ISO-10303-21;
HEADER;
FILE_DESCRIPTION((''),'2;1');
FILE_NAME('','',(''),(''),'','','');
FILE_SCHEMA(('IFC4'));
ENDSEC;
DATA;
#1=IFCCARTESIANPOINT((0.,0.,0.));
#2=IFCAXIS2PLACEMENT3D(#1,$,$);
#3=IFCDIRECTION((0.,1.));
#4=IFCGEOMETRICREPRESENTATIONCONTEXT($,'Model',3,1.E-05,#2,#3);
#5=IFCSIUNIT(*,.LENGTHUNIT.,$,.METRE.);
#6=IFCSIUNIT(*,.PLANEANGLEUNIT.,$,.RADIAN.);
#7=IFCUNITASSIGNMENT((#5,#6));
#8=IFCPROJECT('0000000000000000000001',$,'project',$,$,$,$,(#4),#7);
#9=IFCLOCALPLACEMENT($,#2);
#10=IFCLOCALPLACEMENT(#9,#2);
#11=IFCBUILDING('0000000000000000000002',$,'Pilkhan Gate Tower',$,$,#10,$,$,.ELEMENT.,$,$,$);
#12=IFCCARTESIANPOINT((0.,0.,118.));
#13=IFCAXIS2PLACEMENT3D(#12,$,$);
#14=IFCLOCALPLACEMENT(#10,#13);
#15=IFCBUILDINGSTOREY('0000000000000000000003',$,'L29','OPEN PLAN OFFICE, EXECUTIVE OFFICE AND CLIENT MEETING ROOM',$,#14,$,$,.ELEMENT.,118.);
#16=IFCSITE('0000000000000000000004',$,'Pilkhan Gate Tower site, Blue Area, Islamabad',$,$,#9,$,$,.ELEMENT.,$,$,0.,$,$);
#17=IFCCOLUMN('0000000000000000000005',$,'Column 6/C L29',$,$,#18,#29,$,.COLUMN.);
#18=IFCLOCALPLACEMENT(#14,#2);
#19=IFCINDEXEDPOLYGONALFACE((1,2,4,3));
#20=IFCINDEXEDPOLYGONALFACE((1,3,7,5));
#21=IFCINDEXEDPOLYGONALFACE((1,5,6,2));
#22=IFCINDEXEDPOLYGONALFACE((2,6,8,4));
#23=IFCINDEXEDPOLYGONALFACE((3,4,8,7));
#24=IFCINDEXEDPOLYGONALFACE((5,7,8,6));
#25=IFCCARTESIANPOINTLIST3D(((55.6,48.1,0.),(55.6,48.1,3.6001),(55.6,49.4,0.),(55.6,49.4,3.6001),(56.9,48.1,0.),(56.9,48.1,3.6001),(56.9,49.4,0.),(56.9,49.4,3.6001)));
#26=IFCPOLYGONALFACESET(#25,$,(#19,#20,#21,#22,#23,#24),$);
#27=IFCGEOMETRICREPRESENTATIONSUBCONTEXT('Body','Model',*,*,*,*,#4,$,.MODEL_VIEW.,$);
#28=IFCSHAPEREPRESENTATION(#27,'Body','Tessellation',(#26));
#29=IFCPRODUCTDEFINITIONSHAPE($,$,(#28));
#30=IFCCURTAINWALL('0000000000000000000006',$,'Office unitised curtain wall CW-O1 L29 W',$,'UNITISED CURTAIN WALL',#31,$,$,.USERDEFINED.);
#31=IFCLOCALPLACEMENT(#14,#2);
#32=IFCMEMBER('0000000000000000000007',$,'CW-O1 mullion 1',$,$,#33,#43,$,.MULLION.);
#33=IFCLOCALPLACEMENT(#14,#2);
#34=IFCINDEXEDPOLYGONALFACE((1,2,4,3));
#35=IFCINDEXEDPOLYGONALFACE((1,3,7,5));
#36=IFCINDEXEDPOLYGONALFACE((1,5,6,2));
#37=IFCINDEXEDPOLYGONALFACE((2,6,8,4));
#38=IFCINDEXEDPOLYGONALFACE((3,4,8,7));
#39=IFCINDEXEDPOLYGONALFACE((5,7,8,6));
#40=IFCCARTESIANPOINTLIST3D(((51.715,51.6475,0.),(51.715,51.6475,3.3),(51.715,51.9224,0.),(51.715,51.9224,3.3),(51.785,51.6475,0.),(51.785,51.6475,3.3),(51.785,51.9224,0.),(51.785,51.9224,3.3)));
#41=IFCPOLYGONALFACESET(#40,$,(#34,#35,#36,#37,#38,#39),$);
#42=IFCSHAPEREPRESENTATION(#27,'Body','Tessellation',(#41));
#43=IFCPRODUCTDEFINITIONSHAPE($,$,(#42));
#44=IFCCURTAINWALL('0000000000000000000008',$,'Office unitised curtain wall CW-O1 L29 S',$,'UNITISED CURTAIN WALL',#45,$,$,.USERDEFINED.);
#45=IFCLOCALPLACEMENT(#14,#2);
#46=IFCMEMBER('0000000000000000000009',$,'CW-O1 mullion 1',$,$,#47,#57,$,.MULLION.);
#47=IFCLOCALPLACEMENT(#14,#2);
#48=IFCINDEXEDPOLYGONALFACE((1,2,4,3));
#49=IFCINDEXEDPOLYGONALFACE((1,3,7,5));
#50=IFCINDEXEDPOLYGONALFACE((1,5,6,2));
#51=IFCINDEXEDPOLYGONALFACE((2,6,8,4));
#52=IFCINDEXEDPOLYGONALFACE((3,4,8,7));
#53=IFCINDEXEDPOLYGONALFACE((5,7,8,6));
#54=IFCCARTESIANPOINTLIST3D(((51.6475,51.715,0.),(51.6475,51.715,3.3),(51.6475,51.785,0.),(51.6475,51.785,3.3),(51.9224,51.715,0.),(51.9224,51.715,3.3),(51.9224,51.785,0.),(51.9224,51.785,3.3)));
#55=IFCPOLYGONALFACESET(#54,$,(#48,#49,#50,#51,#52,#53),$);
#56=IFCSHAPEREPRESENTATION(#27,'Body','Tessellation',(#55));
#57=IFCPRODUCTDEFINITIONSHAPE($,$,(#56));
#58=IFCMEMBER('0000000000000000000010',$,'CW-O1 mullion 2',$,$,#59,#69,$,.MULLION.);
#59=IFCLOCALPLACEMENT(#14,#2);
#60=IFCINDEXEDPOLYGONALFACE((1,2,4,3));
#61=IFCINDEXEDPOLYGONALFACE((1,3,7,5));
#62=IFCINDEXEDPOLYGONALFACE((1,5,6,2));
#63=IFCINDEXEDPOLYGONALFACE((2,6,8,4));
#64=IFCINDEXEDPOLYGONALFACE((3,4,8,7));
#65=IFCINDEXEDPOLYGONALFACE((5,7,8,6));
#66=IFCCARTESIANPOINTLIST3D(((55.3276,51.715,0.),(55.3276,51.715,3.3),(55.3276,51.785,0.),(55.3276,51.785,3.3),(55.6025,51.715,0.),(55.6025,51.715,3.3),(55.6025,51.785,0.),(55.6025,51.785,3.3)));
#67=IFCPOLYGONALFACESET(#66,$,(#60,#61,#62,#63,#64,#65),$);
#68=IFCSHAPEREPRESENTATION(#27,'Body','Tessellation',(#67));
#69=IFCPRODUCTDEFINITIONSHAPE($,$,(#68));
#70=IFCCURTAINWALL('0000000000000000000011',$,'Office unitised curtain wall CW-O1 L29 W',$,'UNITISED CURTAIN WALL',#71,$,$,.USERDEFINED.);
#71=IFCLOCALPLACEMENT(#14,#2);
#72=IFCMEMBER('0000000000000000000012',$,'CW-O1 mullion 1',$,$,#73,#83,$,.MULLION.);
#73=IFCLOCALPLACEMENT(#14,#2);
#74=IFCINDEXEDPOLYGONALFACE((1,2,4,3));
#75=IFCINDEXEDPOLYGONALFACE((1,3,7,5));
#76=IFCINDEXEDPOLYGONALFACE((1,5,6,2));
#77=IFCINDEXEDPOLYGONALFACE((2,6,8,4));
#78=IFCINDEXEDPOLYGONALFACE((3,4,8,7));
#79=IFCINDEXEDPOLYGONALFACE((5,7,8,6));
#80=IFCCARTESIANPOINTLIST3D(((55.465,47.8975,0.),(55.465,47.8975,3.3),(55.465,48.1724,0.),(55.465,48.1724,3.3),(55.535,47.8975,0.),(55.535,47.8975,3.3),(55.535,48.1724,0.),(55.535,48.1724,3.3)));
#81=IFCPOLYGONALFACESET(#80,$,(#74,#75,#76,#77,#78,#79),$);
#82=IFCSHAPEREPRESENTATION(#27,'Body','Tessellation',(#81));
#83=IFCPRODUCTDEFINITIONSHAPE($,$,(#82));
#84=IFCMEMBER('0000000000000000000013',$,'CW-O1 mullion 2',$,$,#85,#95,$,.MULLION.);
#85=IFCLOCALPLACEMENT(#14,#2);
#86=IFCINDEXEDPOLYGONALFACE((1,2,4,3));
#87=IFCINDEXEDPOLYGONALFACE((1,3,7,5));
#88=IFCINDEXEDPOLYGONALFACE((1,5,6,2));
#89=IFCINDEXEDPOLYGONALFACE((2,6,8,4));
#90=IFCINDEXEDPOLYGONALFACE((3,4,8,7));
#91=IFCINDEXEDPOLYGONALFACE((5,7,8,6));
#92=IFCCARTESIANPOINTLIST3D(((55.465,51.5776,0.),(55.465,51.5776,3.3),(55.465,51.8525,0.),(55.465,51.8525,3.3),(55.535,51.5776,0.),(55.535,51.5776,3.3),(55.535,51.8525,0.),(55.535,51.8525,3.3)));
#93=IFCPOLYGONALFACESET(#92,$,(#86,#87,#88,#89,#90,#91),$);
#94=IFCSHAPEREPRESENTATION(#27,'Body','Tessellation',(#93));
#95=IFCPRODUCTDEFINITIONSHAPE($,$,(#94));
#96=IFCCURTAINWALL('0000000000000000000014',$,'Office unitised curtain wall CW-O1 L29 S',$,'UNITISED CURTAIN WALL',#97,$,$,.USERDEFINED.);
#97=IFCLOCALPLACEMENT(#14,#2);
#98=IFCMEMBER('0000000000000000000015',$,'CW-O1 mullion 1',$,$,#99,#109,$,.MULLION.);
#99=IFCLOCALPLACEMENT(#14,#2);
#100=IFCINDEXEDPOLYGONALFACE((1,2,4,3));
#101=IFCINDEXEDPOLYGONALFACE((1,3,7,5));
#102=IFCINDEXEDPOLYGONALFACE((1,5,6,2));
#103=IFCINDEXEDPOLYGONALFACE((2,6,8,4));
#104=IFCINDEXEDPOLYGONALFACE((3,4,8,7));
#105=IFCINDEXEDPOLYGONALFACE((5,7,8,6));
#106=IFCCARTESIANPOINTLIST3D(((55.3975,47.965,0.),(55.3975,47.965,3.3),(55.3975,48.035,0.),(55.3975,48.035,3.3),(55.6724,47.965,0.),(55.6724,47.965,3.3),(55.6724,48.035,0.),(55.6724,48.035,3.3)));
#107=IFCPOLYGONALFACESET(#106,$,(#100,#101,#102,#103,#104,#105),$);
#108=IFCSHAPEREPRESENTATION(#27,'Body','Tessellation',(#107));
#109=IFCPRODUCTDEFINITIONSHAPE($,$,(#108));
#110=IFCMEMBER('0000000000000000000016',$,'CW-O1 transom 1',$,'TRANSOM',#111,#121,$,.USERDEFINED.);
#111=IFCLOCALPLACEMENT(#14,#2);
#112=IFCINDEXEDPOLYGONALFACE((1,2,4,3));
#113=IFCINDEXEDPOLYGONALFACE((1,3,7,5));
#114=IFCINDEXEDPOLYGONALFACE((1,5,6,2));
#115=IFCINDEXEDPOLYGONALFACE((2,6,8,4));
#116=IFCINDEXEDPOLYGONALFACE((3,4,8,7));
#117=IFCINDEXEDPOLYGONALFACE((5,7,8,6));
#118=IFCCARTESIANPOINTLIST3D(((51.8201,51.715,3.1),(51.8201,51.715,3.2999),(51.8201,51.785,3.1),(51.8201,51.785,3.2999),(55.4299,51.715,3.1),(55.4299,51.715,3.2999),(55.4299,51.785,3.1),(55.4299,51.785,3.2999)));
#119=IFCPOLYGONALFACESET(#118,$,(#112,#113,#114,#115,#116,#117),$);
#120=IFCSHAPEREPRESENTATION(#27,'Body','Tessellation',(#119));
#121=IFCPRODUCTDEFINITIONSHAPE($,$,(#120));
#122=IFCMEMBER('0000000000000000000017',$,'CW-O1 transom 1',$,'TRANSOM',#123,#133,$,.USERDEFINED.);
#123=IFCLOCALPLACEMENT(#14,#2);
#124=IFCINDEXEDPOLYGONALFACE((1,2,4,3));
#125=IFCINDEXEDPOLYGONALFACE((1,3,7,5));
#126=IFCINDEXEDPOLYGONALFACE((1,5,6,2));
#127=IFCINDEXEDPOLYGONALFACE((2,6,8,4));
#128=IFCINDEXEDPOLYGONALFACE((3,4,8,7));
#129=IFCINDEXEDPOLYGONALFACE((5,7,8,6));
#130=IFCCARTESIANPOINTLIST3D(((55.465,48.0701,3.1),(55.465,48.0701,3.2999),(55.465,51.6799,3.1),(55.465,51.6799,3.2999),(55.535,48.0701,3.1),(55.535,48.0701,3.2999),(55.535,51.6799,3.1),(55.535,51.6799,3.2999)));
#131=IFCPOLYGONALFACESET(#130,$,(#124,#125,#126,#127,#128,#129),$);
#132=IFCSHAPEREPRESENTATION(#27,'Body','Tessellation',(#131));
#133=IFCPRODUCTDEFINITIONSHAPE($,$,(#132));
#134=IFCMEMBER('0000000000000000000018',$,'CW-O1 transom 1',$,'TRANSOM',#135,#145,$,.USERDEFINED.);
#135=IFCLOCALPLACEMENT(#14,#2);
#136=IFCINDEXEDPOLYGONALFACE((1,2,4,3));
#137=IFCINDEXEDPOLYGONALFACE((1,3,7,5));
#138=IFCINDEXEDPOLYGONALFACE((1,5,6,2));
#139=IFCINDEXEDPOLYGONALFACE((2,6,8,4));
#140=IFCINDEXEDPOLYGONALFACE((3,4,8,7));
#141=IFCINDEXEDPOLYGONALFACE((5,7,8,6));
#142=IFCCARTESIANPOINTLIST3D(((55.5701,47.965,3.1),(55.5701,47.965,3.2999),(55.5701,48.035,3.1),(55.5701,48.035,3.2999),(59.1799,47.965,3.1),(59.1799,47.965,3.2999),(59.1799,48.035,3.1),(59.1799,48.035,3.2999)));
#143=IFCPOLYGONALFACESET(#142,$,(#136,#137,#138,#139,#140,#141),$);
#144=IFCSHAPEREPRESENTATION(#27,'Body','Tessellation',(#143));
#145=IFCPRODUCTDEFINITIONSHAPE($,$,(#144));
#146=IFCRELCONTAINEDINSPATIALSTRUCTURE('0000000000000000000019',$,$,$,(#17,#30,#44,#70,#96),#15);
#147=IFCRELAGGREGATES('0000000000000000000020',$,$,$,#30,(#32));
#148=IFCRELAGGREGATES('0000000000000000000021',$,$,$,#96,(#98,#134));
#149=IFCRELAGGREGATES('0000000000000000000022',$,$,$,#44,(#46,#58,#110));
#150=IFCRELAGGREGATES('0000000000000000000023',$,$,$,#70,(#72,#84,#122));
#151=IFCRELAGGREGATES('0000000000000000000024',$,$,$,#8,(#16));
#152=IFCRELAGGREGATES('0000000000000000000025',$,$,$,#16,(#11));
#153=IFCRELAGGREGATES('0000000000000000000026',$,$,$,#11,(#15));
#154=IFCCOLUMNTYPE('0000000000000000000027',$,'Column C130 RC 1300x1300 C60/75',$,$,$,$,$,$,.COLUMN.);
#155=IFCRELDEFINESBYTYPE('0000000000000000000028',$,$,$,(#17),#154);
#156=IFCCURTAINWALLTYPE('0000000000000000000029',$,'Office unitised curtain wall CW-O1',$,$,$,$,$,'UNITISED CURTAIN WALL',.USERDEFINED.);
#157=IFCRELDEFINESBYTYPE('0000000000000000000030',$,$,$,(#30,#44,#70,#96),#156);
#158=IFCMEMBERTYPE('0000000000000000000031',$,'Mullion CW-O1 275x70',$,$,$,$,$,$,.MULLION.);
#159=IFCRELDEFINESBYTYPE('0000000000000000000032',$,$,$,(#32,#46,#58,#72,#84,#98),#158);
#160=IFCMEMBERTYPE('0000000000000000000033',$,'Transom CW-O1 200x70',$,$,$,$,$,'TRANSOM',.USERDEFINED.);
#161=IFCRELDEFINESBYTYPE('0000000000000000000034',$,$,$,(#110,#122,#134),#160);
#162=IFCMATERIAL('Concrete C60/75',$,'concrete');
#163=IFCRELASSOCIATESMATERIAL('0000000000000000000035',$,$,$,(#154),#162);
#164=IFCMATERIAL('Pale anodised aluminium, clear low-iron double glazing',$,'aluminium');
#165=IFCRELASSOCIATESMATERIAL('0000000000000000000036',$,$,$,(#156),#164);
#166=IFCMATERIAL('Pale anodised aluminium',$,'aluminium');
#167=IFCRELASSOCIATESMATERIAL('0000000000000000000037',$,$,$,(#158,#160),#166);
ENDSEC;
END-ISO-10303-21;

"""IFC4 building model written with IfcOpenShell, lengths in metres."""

from ifc_helpers import new_model, si_unit, direction, frame, origin, origin_2d, place, context, subcontext, project, spatial, rectangle, extrude, material, material_profile, profile_set, type_object, element, aggregate, save


model = new_model("IFC4")

# Units and contexts
model_context = context("Model", 3, precision=1e-05, world=origin(), true_north=direction((0.0, 1.0)))
body_context = subcontext(model_context, "Body", "Model", "MODEL_VIEW")
ifc_project = project(units=[si_unit("LENGTHUNIT", "METRE"), si_unit("PLANEANGLEUNIT", "RADIAN")], contexts=[model_context])

# Site, building, storey
site_placement = place(None, origin())
site = spatial("IfcSite", under=ifc_project, at=site_placement, Name="Pilkhan Gate Tower site, Blue Area, Islamabad", CompositionType="ELEMENT", RefElevation=0.0)
building_placement = place(site_placement, origin())
building = spatial("IfcBuilding", under=site, at=building_placement, Name="Pilkhan Gate Tower", CompositionType="ELEMENT")
storey_placement = place(building_placement, frame((0.0, 0.0, 118.0)))
storey = spatial("IfcBuildingStorey", under=building, at=storey_placement, Name="L29", Description="OPEN PLAN OFFICE, EXECUTIVE OFFICE AND CLIENT MEETING ROOM", CompositionType="ELEMENT", Elevation=118.0)

# Column
ifc_material_1 = material(Name="Concrete C60/75", Category="concrete")
ifc_material_profile_1 = material_profile(ifc_material_1, rectangle(XDim=1.3, YDim=1.3, at=origin_2d()), Name="RC 1300x1300")
ifc_profile_set_1 = profile_set([ifc_material_profile_1], Name="Concrete C60/75")
column_type = type_object("IfcColumnType", Name="Column C130 RC 1300x1300 C60/75", PredefinedType="COLUMN", material=ifc_profile_set_1)
column_placement = place(storey_placement, frame((56.25, 48.75, 0.0), z_axis=(0.0, 0.0, 1.0), x_axis=(1.0, 0.0, 0.0)))
element("IfcColumn", 1, at=column_placement, inside=storey, type_object=column_type, Name="Column 6/C L29", PredefinedType="COLUMN", context=body_context, shape_type="SweptSolid", body=[
    extrude(rectangle(XDim=1.3, YDim=1.3, at=origin_2d()), origin(), (0.0, 0.0, 1.0), 3.6001),
])

# Curtain wall, member
ifc_material_2 = material(Name="Pale anodised aluminium, clear low-iron double glazing", Category="aluminium")
curtain_wall_type = type_object("IfcCurtainWallType", Name="Office unitised curtain wall CW-O1", ElementType="UNITISED CURTAIN WALL", PredefinedType="USERDEFINED", material=ifc_material_2)
curtain_wall_1_placement = place(storey_placement, origin())
curtain_wall_1 = element("IfcCurtainWall", 2, at=curtain_wall_1_placement, inside=storey, type_object=curtain_wall_type, Name="Office unitised curtain wall CW-O1 L29 W", ObjectType="UNITISED CURTAIN WALL", PredefinedType="USERDEFINED")
ifc_material_3 = material(Name="Pale anodised aluminium", Category="aluminium")
ifc_material_profile_2 = material_profile(ifc_material_3, rectangle(XDim=0.0701, YDim=0.2749, at=origin_2d()), Name="Mullion 275x70")
ifc_profile_set_2 = profile_set([ifc_material_profile_2], Name="Pale anodised aluminium")
member_type_1 = type_object("IfcMemberType", Name="Mullion CW-O1 275x70", PredefinedType="MULLION", material=ifc_profile_set_2)
member_1_placement = place(storey_placement, frame((51.75, 51.7849, 0.0), z_axis=(0.0, 0.0, 1.0), x_axis=(-1.0, 0.0, 0.0)))
member_1 = element("IfcMember", 3, at=member_1_placement, type_object=member_type_1, Name="CW-O1 mullion 1", PredefinedType="MULLION", context=body_context, shape_type="SweptSolid", body=[
    extrude(rectangle(XDim=0.0701, YDim=0.2749, at=origin_2d()), origin(), (0.0, 0.0, 1.0), 3.3),
])
aggregate(curtain_wall_1, [member_1])

# Curtain walls, members
curtain_wall_2_placement = place(storey_placement, origin())
curtain_wall_2 = element("IfcCurtainWall", 4, at=curtain_wall_2_placement, inside=storey, type_object=curtain_wall_type, Name="Office unitised curtain wall CW-O1 L29 S", ObjectType="UNITISED CURTAIN WALL", PredefinedType="USERDEFINED")
member_2_placement = place(storey_placement, frame((51.7849, 51.75, 0.0), z_axis=(0.0, 0.0, 1.0), x_axis=(0.0, 1.0, 0.0)))
member_2 = element("IfcMember", 5, at=member_2_placement, type_object=member_type_1, Name="CW-O1 mullion 1", PredefinedType="MULLION", context=body_context, shape_type="SweptSolid", body=[
    extrude(rectangle(XDim=0.0701, YDim=0.2749, at=origin_2d()), origin(), (0.0, 0.0, 1.0), 3.3),
])
member_3_placement = place(storey_placement, frame((55.4651, 51.75, 0.0), z_axis=(0.0, 0.0, 1.0), x_axis=(0.0, 1.0, 0.0)))
member_3 = element("IfcMember", 6, at=member_3_placement, type_object=member_type_1, Name="CW-O1 mullion 2", PredefinedType="MULLION", context=body_context, shape_type="SweptSolid", body=[
    extrude(rectangle(XDim=0.0701, YDim=0.2749, at=origin_2d()), origin(), (0.0, 0.0, 1.0), 3.3),
])
curtain_wall_3_placement = place(storey_placement, origin())
curtain_wall_3 = element("IfcCurtainWall", 7, at=curtain_wall_3_placement, inside=storey, type_object=curtain_wall_type, Name="Office unitised curtain wall CW-O1 L29 W", ObjectType="UNITISED CURTAIN WALL", PredefinedType="USERDEFINED")
member_4_placement = place(storey_placement, frame((55.5, 48.0349, 0.0), z_axis=(0.0, 0.0, 1.0), x_axis=(-1.0, 0.0, 0.0)))
member_4 = element("IfcMember", 8, at=member_4_placement, type_object=member_type_1, Name="CW-O1 mullion 1", PredefinedType="MULLION", context=body_context, shape_type="SweptSolid", body=[
    extrude(rectangle(XDim=0.0701, YDim=0.2749, at=origin_2d()), origin(), (0.0, 0.0, 1.0), 3.3),
])
member_5_placement = place(storey_placement, frame((55.5, 51.7151, 0.0), z_axis=(0.0, 0.0, 1.0), x_axis=(-1.0, 0.0, 0.0)))
member_5 = element("IfcMember", 9, at=member_5_placement, type_object=member_type_1, Name="CW-O1 mullion 2", PredefinedType="MULLION", context=body_context, shape_type="SweptSolid", body=[
    extrude(rectangle(XDim=0.0701, YDim=0.2749, at=origin_2d()), origin(), (0.0, 0.0, 1.0), 3.3),
])

# Curtain wall, member
curtain_wall_4_placement = place(storey_placement, origin())
curtain_wall_4 = element("IfcCurtainWall", 10, at=curtain_wall_4_placement, inside=storey, type_object=curtain_wall_type, Name="Office unitised curtain wall CW-O1 L29 S", ObjectType="UNITISED CURTAIN WALL", PredefinedType="USERDEFINED")
member_6_placement = place(storey_placement, frame((55.5349, 48.0, 0.0), z_axis=(0.0, 0.0, 1.0), x_axis=(0.0, 1.0, 0.0)))
member_6 = element("IfcMember", 11, at=member_6_placement, type_object=member_type_1, Name="CW-O1 mullion 1", PredefinedType="MULLION", context=body_context, shape_type="SweptSolid", body=[
    extrude(rectangle(XDim=0.0701, YDim=0.2749, at=origin_2d()), origin(), (0.0, 0.0, 1.0), 3.3),
])

# Members
ifc_material_profile_3 = material_profile(ifc_material_3, rectangle(XDim=0.0701, YDim=0.2, at=origin_2d()), Name="Transom 200x70")
ifc_profile_set_3 = profile_set([ifc_material_profile_3], Name="Pale anodised aluminium")
member_type_2 = type_object("IfcMemberType", Name="Transom CW-O1 200x70", ElementType="TRANSOM", PredefinedType="USERDEFINED", material=ifc_profile_set_3)
member_7_placement = place(storey_placement, frame((51.8201, 51.75, 3.2), z_axis=(1.0, 0.0, 0.0), x_axis=(0.0, 1.0, 0.0)))
member_7 = element("IfcMember", 12, at=member_7_placement, type_object=member_type_2, Name="CW-O1 transom 1", ObjectType="TRANSOM", PredefinedType="USERDEFINED", context=body_context, shape_type="SweptSolid", body=[
    extrude(rectangle(XDim=0.0701, YDim=0.2, at=origin_2d()), origin(), (0.0, 0.0, 1.0), 3.6099),
])
member_8_placement = place(storey_placement, frame((55.5, 48.0701, 3.2), z_axis=(0.0, 1.0, 0.0), x_axis=(-1.0, 0.0, 0.0)))
member_8 = element("IfcMember", 13, at=member_8_placement, type_object=member_type_2, Name="CW-O1 transom 1", ObjectType="TRANSOM", PredefinedType="USERDEFINED", context=body_context, shape_type="SweptSolid", body=[
    extrude(rectangle(XDim=0.0701, YDim=0.2, at=origin_2d()), origin(), (0.0, 0.0, 1.0), 3.6099),
])
member_9_placement = place(storey_placement, frame((55.5701, 48.0, 3.2), z_axis=(1.0, 0.0, 0.0), x_axis=(0.0, 1.0, 0.0)))
member_9 = element("IfcMember", 14, at=member_9_placement, type_object=member_type_2, Name="CW-O1 transom 1", ObjectType="TRANSOM", PredefinedType="USERDEFINED", context=body_context, shape_type="SweptSolid", body=[
    extrude(rectangle(XDim=0.0701, YDim=0.2, at=origin_2d()), origin(), (0.0, 0.0, 1.0), 3.6099),
])
aggregate(curtain_wall_4, [member_6, member_9])

aggregate(curtain_wall_2, [member_2, member_3, member_7])
aggregate(curtain_wall_3, [member_4, member_5, member_8])

save(model, "model.ifc")
